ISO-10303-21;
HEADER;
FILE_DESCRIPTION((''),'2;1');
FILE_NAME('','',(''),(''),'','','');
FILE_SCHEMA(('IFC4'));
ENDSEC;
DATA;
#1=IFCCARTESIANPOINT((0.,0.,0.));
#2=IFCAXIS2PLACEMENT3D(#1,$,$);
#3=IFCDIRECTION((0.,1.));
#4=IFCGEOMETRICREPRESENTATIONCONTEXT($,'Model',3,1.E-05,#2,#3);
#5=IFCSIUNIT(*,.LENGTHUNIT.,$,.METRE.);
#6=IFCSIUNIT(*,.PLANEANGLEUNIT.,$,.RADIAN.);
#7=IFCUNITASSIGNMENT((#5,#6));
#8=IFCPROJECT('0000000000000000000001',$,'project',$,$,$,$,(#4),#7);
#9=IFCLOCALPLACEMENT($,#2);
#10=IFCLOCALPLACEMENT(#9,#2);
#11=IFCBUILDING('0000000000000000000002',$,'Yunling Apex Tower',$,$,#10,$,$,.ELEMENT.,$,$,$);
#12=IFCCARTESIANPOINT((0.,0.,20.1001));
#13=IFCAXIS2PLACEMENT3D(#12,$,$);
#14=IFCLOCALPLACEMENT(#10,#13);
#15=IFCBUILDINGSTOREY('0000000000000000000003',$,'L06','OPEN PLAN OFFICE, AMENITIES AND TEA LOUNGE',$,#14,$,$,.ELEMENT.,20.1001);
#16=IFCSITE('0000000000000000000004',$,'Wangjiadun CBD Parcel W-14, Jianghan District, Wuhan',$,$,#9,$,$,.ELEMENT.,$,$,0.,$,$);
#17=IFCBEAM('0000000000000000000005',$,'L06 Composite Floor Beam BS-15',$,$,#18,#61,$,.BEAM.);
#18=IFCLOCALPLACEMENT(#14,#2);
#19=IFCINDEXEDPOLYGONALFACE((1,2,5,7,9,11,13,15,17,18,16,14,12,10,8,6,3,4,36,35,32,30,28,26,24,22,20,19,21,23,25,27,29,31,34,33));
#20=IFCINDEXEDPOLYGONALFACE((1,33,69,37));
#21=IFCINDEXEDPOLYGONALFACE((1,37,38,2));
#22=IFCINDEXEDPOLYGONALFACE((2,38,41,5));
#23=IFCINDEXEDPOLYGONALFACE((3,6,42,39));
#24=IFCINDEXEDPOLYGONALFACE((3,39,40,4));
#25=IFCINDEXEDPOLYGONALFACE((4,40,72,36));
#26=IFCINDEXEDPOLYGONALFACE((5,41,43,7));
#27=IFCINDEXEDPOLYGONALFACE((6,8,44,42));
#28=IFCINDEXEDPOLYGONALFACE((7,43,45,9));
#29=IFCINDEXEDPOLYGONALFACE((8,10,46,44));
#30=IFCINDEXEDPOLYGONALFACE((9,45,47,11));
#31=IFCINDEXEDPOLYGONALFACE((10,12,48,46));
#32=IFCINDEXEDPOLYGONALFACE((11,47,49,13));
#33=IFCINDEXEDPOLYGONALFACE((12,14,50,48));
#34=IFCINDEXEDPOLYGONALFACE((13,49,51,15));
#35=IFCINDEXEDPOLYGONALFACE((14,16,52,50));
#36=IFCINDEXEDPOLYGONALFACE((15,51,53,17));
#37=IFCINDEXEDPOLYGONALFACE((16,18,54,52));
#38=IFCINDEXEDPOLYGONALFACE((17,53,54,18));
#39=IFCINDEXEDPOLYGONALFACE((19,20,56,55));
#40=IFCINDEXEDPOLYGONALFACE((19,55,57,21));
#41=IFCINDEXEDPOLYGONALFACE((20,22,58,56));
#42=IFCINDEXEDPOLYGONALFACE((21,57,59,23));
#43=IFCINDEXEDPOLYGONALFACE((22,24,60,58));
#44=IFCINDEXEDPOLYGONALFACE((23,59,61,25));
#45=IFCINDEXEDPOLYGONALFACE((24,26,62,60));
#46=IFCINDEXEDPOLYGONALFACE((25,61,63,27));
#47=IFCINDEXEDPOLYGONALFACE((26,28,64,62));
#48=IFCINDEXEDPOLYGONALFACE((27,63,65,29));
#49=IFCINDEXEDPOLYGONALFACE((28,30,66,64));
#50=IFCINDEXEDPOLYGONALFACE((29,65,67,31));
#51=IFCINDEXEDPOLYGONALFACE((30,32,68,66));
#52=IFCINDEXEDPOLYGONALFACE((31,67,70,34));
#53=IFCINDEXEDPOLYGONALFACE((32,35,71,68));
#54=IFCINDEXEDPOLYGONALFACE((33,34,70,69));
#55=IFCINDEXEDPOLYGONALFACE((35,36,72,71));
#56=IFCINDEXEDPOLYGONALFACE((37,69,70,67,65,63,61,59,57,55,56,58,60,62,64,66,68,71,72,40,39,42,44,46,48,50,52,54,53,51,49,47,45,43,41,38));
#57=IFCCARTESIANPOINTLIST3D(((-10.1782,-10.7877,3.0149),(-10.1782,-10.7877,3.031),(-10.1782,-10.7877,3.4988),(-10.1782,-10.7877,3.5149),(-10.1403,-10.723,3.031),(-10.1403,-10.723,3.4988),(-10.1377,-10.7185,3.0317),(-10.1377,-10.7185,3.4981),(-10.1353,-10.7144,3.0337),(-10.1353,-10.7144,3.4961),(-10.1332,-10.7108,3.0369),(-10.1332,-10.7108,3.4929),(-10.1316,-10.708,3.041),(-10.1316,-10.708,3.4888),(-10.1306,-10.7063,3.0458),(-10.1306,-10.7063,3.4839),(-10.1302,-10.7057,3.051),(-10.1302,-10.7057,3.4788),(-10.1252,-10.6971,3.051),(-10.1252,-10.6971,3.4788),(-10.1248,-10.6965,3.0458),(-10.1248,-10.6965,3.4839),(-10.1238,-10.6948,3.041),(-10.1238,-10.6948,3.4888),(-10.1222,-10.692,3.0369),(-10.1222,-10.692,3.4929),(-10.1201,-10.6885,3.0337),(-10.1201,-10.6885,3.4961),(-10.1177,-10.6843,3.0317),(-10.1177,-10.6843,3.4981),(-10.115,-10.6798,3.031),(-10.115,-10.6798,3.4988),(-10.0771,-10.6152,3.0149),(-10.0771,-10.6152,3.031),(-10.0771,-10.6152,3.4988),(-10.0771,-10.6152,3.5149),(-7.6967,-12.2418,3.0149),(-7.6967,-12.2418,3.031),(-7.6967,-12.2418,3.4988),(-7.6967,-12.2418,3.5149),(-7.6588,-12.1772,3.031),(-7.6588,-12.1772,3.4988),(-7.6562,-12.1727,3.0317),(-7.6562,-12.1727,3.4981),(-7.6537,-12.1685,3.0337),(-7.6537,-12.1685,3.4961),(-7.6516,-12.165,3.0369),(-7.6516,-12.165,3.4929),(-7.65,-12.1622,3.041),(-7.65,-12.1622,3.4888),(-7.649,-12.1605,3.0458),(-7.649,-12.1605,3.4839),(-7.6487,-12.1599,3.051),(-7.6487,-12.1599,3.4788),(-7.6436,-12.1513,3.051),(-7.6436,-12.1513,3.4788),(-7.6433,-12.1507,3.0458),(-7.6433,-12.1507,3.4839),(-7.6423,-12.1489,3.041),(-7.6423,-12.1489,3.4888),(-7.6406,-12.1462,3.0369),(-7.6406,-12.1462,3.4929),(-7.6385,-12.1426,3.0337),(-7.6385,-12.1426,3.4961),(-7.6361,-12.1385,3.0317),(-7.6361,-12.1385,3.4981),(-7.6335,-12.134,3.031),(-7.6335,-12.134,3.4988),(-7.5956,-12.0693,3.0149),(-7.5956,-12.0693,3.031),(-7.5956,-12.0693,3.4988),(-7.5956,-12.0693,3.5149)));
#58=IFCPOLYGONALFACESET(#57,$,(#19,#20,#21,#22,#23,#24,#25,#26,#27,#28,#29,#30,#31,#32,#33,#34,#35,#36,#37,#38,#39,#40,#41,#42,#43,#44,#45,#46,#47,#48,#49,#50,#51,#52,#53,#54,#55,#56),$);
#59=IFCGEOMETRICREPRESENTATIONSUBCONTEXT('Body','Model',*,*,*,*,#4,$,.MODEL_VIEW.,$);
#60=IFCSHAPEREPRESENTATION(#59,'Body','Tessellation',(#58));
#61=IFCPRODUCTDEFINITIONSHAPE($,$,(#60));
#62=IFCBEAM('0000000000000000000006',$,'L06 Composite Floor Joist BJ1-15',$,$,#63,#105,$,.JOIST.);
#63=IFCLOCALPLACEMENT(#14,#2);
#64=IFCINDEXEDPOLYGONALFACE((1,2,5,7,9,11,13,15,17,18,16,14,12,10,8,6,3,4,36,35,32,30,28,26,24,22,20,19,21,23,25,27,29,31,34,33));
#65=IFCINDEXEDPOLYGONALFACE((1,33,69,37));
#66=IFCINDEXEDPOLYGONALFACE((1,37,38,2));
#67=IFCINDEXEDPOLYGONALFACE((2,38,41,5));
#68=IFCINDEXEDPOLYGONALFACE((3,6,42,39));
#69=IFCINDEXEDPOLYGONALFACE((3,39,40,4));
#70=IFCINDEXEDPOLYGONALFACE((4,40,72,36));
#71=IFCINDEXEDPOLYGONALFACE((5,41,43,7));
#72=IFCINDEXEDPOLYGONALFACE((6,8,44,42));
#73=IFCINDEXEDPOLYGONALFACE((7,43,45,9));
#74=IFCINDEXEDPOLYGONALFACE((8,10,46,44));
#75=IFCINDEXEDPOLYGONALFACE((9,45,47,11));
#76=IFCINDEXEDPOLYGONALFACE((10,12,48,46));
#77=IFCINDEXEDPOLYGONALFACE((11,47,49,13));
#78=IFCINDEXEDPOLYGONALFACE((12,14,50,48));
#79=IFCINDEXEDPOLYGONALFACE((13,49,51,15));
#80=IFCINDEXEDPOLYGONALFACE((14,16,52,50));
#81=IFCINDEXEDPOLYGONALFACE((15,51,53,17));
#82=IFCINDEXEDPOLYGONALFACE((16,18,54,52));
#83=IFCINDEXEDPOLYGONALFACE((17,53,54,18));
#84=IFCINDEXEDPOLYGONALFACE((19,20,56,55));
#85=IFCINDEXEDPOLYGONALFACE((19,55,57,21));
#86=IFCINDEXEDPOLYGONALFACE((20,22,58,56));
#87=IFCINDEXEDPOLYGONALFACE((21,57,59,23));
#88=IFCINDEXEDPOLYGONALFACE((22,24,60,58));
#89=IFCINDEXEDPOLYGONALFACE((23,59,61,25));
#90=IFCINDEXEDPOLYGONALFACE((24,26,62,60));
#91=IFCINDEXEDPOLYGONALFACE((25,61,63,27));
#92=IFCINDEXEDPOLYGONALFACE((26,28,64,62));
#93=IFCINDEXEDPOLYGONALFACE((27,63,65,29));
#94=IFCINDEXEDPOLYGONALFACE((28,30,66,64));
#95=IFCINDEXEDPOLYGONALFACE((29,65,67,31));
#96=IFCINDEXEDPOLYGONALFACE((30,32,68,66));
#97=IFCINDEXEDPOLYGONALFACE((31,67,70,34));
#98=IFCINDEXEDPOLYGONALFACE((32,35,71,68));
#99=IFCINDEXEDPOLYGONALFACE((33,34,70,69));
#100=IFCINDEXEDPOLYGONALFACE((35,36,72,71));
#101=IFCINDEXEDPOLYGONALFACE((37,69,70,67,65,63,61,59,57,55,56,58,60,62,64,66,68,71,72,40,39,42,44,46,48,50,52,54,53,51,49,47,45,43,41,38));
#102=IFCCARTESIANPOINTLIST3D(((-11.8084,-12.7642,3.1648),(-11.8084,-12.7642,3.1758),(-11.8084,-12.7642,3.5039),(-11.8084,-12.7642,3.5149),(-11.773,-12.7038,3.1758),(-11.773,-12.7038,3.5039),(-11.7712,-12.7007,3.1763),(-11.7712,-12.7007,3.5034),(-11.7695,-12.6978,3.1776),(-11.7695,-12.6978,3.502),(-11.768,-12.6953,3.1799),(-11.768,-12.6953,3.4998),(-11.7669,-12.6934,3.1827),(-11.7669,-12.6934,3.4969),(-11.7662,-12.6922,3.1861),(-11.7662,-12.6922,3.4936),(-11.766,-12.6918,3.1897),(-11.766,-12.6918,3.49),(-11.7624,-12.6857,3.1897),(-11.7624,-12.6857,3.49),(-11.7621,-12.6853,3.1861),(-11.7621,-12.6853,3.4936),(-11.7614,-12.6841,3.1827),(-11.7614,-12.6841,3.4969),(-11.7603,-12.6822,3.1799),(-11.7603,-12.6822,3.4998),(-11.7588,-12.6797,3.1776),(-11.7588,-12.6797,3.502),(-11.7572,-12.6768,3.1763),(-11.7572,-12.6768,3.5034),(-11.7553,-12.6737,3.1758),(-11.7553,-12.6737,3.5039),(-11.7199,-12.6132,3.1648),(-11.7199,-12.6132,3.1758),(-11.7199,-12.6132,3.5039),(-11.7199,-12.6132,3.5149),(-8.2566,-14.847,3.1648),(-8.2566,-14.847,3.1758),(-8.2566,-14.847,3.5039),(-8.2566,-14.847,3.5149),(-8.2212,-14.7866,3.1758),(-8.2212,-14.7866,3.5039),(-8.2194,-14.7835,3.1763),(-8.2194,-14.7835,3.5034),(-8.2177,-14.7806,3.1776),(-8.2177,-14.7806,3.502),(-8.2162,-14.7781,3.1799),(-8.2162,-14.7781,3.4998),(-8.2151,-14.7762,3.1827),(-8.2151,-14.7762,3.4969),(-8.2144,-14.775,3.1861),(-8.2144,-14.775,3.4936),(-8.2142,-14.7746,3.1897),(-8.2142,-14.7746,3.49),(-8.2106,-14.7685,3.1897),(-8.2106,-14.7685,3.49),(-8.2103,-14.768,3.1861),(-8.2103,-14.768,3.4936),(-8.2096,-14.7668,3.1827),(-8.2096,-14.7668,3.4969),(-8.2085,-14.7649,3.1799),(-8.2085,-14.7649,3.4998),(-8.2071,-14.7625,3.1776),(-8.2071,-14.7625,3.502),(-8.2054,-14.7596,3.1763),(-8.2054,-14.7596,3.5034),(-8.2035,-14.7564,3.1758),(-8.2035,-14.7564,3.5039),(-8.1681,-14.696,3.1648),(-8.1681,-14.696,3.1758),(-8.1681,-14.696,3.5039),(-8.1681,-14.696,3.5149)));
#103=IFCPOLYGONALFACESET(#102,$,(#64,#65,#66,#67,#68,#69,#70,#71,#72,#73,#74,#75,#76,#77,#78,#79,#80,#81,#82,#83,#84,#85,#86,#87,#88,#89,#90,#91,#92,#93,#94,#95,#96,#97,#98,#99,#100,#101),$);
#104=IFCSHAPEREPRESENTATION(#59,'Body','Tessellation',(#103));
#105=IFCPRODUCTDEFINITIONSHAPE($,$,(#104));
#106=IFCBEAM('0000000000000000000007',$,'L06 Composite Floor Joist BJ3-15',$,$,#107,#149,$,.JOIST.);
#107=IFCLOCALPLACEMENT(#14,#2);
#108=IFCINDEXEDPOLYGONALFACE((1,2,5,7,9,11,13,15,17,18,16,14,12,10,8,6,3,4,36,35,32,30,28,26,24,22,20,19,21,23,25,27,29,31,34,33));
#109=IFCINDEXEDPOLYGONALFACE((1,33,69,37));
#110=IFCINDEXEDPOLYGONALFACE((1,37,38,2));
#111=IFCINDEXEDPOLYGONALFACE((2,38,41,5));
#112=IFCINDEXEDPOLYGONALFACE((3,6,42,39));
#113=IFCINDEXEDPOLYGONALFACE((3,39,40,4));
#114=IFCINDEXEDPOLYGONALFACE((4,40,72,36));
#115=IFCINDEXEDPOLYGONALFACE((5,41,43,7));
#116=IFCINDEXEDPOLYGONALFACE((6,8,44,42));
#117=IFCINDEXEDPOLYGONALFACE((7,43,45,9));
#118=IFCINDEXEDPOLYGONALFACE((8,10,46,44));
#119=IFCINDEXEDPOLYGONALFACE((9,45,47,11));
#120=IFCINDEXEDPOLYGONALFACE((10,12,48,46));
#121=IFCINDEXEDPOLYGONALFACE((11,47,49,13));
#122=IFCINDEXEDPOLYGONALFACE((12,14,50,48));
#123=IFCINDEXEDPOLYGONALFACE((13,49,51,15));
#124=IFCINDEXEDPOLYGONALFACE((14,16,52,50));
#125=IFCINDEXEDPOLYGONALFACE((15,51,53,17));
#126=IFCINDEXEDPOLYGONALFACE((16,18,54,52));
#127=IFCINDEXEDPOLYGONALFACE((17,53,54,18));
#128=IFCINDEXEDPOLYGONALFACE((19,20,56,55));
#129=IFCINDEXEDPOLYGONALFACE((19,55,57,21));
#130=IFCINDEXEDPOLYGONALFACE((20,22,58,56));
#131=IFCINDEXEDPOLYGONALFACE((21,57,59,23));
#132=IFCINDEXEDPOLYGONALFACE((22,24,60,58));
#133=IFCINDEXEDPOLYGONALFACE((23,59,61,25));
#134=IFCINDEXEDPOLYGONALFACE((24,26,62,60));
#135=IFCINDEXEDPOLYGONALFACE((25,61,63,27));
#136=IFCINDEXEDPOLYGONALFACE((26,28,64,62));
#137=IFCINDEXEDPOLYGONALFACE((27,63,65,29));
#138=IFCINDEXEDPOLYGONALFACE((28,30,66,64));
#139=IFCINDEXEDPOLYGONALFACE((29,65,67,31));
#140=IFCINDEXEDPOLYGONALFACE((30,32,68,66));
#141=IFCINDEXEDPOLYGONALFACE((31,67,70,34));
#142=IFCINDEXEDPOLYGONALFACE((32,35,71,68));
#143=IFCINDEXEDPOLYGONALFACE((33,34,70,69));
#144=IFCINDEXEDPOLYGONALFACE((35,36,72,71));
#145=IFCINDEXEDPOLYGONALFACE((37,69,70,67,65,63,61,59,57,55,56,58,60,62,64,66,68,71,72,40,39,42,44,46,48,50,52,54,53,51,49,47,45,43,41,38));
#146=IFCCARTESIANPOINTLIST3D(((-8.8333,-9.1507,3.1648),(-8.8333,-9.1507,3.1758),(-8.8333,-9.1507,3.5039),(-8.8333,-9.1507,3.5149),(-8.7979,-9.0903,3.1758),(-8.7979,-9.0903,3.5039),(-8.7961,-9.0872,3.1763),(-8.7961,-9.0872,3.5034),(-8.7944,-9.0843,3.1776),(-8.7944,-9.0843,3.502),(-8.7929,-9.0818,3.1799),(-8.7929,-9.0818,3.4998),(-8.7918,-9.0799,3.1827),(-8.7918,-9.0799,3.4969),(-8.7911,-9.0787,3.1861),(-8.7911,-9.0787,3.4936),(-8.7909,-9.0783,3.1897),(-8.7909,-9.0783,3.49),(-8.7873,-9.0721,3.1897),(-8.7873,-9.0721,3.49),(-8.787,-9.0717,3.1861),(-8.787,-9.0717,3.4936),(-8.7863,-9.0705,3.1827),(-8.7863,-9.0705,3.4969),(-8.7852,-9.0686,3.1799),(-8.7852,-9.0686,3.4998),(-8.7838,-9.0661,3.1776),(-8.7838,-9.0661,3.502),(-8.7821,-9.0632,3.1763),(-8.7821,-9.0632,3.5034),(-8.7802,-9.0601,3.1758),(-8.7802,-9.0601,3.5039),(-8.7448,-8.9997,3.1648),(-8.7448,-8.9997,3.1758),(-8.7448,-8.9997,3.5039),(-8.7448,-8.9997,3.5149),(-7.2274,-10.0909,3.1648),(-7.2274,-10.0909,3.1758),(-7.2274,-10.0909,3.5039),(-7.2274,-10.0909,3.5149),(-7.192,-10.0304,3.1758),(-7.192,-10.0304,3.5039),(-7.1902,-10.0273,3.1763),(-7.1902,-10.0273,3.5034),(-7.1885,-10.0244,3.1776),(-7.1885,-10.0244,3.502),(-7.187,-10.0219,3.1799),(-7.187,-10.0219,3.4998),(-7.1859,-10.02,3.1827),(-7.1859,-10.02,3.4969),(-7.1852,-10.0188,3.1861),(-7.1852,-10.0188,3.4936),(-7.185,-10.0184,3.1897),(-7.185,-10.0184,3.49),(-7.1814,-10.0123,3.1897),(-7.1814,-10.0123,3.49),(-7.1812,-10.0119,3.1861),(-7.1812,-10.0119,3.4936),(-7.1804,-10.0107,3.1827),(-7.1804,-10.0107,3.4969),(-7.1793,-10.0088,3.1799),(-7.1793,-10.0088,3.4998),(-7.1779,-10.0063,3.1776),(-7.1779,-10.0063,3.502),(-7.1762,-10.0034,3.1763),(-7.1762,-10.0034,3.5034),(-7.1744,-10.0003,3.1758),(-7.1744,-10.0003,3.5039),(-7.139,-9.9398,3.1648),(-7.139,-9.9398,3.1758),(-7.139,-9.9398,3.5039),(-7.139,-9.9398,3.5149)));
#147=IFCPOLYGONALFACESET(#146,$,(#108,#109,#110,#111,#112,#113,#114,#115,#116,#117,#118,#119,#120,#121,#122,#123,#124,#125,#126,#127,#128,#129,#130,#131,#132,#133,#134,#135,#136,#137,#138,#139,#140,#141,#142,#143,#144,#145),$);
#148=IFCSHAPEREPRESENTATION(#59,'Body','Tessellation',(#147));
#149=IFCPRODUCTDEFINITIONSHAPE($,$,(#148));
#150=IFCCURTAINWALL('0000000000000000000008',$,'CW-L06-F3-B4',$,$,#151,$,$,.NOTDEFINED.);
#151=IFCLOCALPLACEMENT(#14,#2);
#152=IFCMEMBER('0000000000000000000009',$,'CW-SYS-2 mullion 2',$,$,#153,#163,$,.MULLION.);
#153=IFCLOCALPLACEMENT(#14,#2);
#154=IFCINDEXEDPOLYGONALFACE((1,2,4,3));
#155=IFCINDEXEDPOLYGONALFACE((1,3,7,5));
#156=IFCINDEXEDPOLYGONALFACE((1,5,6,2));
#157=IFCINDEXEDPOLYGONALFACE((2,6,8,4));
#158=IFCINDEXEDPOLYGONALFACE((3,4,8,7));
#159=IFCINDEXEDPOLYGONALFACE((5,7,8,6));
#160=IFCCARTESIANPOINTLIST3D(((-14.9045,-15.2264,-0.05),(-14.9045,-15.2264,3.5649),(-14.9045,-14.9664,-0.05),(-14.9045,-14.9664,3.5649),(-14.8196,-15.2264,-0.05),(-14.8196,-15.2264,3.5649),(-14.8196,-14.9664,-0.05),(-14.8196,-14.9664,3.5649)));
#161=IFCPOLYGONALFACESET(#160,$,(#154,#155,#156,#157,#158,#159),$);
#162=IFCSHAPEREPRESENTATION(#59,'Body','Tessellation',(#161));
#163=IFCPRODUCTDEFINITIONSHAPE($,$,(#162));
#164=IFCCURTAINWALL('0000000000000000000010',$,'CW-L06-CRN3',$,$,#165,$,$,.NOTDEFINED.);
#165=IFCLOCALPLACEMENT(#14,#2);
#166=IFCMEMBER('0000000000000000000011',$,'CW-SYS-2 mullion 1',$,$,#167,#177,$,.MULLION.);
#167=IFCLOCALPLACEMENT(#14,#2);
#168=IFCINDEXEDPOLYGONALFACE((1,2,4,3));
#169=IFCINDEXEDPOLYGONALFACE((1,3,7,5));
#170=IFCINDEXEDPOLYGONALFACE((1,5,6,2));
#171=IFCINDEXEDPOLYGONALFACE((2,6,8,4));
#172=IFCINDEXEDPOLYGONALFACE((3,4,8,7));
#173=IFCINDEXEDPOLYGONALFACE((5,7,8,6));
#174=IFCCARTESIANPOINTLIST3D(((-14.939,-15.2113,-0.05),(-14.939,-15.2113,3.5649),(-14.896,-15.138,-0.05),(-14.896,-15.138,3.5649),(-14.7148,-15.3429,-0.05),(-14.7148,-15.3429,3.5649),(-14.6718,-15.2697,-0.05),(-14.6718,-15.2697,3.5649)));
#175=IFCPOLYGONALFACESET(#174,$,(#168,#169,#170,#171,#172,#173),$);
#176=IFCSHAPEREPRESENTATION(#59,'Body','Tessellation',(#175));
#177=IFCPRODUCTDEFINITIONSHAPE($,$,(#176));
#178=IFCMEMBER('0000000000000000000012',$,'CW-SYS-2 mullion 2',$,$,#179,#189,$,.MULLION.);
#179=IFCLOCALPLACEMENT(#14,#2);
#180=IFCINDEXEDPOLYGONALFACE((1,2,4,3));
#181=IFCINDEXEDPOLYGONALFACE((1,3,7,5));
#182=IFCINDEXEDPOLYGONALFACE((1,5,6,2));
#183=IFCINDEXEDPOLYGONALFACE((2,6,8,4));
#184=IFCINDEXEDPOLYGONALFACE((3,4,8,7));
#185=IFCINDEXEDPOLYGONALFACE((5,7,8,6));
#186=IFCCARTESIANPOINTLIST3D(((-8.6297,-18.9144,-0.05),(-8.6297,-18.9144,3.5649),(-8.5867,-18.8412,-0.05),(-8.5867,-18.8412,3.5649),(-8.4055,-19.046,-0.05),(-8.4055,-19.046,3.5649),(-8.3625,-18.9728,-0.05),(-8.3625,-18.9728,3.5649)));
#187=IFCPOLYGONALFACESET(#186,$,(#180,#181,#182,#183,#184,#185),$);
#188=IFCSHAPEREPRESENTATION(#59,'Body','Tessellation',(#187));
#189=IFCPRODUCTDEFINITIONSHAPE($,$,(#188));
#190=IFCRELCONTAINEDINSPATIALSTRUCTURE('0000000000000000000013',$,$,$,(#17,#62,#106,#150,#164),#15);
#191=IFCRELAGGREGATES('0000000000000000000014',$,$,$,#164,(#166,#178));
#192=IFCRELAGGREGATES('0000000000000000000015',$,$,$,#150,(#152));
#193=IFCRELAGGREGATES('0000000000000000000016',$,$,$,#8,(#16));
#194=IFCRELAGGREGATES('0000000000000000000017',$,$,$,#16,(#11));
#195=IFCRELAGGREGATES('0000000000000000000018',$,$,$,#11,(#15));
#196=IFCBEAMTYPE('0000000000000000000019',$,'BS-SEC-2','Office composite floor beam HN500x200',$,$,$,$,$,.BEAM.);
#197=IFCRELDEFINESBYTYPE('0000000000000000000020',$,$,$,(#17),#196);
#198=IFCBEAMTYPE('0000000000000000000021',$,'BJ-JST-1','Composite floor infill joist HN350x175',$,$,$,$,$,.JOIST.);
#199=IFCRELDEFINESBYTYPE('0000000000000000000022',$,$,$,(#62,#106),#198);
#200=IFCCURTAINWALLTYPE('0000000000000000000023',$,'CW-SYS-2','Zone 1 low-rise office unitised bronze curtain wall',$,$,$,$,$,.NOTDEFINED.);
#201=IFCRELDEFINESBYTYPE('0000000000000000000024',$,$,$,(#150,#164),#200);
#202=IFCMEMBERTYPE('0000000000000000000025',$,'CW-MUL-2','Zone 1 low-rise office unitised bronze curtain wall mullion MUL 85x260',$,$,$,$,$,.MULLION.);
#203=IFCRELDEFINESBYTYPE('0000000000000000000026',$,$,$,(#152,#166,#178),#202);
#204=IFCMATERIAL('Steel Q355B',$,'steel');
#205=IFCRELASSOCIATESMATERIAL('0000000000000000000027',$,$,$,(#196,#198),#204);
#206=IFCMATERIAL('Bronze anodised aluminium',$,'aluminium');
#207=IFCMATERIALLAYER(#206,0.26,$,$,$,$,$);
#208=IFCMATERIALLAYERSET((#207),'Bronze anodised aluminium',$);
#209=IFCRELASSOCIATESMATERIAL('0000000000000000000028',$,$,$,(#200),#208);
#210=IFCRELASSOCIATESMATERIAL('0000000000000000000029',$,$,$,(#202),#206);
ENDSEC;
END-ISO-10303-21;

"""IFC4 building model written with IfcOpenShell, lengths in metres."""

from ifc_helpers import new_model, si_unit, direction, frame, origin, origin_2d, place, context, subcontext, project, spatial, rectangle, i_section, extrude, source, transform, mapped, material, layer, layer_set, material_profile, profile_set, type_object, element, aggregate, save


model = new_model("IFC4")

# Units and contexts
model_context = context("Model", 3, precision=1e-05, world=origin(), true_north=direction((0.0, 1.0)))
body_context = subcontext(model_context, "Body", "Model", "MODEL_VIEW")
ifc_project = project(units=[si_unit("LENGTHUNIT", "METRE"), si_unit("PLANEANGLEUNIT", "RADIAN")], contexts=[model_context])

# Site, building, storey
site_placement = place(None, origin())
site = spatial("IfcSite", under=ifc_project, at=site_placement, Name="Wangjiadun CBD Parcel W-14, Jianghan District, Wuhan", CompositionType="ELEMENT", RefElevation=0.0)
building_placement = place(site_placement, origin())
building = spatial("IfcBuilding", under=site, at=building_placement, Name="Yunling Apex Tower", CompositionType="ELEMENT")
storey_placement = place(building_placement, frame((0.0, 0.0, 20.1001)))
storey = spatial("IfcBuildingStorey", under=building, at=storey_placement, Name="L06", Description="OPEN PLAN OFFICE, AMENITIES AND TEA LOUNGE", CompositionType="ELEMENT", Elevation=20.1001)

# Beams
ifc_material_1 = material(Name="Steel Q355B", Category="steel")
ifc_material_profile_1 = material_profile(ifc_material_1, i_section(OverallWidth=0.2, OverallDepth=0.5, WebThickness=0.01, FlangeThickness=0.0161, FilletRadius=0.02, at=origin_2d()))
ifc_profile_set_1 = profile_set([ifc_material_profile_1], Name="Steel Q355B")
beam_type_1 = type_object("IfcBeamType", Name="BS-SEC-2", Description="Office composite floor beam HN500x200", PredefinedType="BEAM", material=ifc_profile_set_1)
shared_shape_1 = source(origin(), body_context, "Body", "SweptSolid", [
    extrude(i_section(OverallWidth=0.2, OverallDepth=0.5, WebThickness=0.01, FlangeThickness=0.0161, FilletRadius=0.02, at=origin_2d()), origin(), (0.0, 0.0, 1.0), 2.8762),
])
beam_1_placement = place(storey_placement, frame((-10.1277, -10.7014, 3.2649), z_axis=(0.86278, -0.50558, 0.0), x_axis=(0.50558, 0.86278, 0.0)))
element("IfcBeam", 1, at=beam_1_placement, inside=storey, type_object=beam_type_1, Name="L06 Composite Floor Beam BS-15", PredefinedType="BEAM", context=body_context, shape_type="MappedRepresentation", body=[
    mapped(shared_shape_1, transform((0.0, 0.0, 0.0), scale=1.0)),
])
ifc_material_profile_2 = material_profile(ifc_material_1, i_section(OverallWidth=0.175, OverallDepth=0.3501, WebThickness=0.0071, FlangeThickness=0.011, FilletRadius=0.0139, at=origin_2d()))
ifc_profile_set_2 = profile_set([ifc_material_profile_2], Name="Steel Q355B")
beam_type_2 = type_object("IfcBeamType", Name="BJ-JST-1", Description="Composite floor infill joist HN350x175", PredefinedType="JOIST", material=ifc_profile_set_2)
shared_shape_2 = source(origin(), body_context, "Body", "SweptSolid", [
    extrude(i_section(OverallWidth=0.175, OverallDepth=0.3501, WebThickness=0.0071, FlangeThickness=0.011, FilletRadius=0.0139, at=origin_2d()), origin(), (0.0, 0.0, 1.0), 4.1174),
])
beam_2_placement = place(storey_placement, frame((-11.7642, -12.6887, 3.3398), z_axis=(0.862624, -0.505846, 0.0), x_axis=(0.505846, 0.862624, 0.0)))
element("IfcBeam", 2, at=beam_2_placement, inside=storey, type_object=beam_type_2, Name="L06 Composite Floor Joist BJ1-15", PredefinedType="JOIST", context=body_context, shape_type="MappedRepresentation", body=[
    mapped(shared_shape_2, transform((0.0, 0.0, 0.0), scale=1.0)),
])
shared_shape_3 = source(origin(), body_context, "Body", "SweptSolid", [
    extrude(i_section(OverallWidth=0.175, OverallDepth=0.3501, WebThickness=0.0071, FlangeThickness=0.011, FilletRadius=0.0139, at=origin_2d()), origin(), (0.0, 0.0, 1.0), 1.8608),
])
beam_3_placement = place(storey_placement, frame((-8.7891, -9.0752, 3.3398), z_axis=(0.862988, -0.505224, 0.0), x_axis=(0.505224, 0.862988, 0.0)))
element("IfcBeam", 3, at=beam_3_placement, inside=storey, type_object=beam_type_2, Name="L06 Composite Floor Joist BJ3-15", PredefinedType="JOIST", context=body_context, shape_type="MappedRepresentation", body=[
    mapped(shared_shape_3, transform((0.0, 0.0, 0.0), scale=1.0)),
])

# Curtain wall, member
ifc_material_2 = material(Name="Bronze anodised aluminium", Category="aluminium")
ifc_layer_1 = layer(ifc_material_2, 0.26)
ifc_layer_set_1 = layer_set([ifc_layer_1], Name="Bronze anodised aluminium")
curtain_wall_type = type_object("IfcCurtainWallType", Name="CW-SYS-2", Description="Zone 1 low-rise office unitised bronze curtain wall", PredefinedType="NOTDEFINED", material=ifc_layer_set_1)
curtain_wall_1_placement = place(storey_placement, origin())
curtain_wall_1 = element("IfcCurtainWall", 4, at=curtain_wall_1_placement, inside=storey, type_object=curtain_wall_type, Name="CW-L06-F3-B4", PredefinedType="NOTDEFINED")
ifc_material_profile_3 = material_profile(ifc_material_2, rectangle(XDim=0.085, YDim=0.26, at=origin_2d()))
ifc_profile_set_3 = profile_set([ifc_material_profile_3], Name="Bronze anodised aluminium")
member_type_1 = type_object("IfcMemberType", Name="CW-MUL-2", Description="Zone 1 low-rise office unitised bronze curtain wall mullion MUL 85x260", PredefinedType="MULLION", material=ifc_profile_set_3)
shared_shape_4 = source(origin(), body_context, "Body", "SweptSolid", [
    extrude(rectangle(XDim=0.085, YDim=0.26, at=origin_2d()), origin(), (0.0, 0.0, 1.0), 3.615),
])
member_1_placement = place(storey_placement, frame((-14.8621, -15.0964, -0.05), z_axis=(0.0, 0.0, 1.0), x_axis=(1.0, 0.0, 0.0)))
member_1 = element("IfcMember", 5, at=member_1_placement, type_object=member_type_1, Name="CW-SYS-2 mullion 2", PredefinedType="MULLION", context=body_context, shape_type="MappedRepresentation", body=[
    mapped(shared_shape_4, transform((0.0, 0.0, 0.0), scale=1.0)),
])

# Curtain wall, members
curtain_wall_2_placement = place(storey_placement, origin())
curtain_wall_2 = element("IfcCurtainWall", 6, at=curtain_wall_2_placement, inside=storey, type_object=curtain_wall_type, Name="CW-L06-CRN3", PredefinedType="NOTDEFINED")
member_2_placement = place(storey_placement, frame((-14.8054, -15.2405, -0.05), z_axis=(0.0, 0.0, 1.0), x_axis=(0.506196, 0.862419, 0.0)))
member_2 = element("IfcMember", 7, at=member_2_placement, type_object=member_type_1, Name="CW-SYS-2 mullion 1", PredefinedType="MULLION", context=body_context, shape_type="MappedRepresentation", body=[
    mapped(shared_shape_4, transform((0.0, 0.0, 0.0), scale=1.0)),
])
member_3_placement = place(storey_placement, frame((-8.4961, -18.9436, -0.05), z_axis=(0.0, 0.0, 1.0), x_axis=(0.506196, 0.862419, 0.0)))
member_3 = element("IfcMember", 8, at=member_3_placement, type_object=member_type_1, Name="CW-SYS-2 mullion 2", PredefinedType="MULLION", context=body_context, shape_type="MappedRepresentation", body=[
    mapped(shared_shape_4, transform((0.0, 0.0, 0.0), scale=1.0)),
])
aggregate(curtain_wall_2, [member_2, member_3])

aggregate(curtain_wall_1, [member_1])

save(model, "model.ifc")
